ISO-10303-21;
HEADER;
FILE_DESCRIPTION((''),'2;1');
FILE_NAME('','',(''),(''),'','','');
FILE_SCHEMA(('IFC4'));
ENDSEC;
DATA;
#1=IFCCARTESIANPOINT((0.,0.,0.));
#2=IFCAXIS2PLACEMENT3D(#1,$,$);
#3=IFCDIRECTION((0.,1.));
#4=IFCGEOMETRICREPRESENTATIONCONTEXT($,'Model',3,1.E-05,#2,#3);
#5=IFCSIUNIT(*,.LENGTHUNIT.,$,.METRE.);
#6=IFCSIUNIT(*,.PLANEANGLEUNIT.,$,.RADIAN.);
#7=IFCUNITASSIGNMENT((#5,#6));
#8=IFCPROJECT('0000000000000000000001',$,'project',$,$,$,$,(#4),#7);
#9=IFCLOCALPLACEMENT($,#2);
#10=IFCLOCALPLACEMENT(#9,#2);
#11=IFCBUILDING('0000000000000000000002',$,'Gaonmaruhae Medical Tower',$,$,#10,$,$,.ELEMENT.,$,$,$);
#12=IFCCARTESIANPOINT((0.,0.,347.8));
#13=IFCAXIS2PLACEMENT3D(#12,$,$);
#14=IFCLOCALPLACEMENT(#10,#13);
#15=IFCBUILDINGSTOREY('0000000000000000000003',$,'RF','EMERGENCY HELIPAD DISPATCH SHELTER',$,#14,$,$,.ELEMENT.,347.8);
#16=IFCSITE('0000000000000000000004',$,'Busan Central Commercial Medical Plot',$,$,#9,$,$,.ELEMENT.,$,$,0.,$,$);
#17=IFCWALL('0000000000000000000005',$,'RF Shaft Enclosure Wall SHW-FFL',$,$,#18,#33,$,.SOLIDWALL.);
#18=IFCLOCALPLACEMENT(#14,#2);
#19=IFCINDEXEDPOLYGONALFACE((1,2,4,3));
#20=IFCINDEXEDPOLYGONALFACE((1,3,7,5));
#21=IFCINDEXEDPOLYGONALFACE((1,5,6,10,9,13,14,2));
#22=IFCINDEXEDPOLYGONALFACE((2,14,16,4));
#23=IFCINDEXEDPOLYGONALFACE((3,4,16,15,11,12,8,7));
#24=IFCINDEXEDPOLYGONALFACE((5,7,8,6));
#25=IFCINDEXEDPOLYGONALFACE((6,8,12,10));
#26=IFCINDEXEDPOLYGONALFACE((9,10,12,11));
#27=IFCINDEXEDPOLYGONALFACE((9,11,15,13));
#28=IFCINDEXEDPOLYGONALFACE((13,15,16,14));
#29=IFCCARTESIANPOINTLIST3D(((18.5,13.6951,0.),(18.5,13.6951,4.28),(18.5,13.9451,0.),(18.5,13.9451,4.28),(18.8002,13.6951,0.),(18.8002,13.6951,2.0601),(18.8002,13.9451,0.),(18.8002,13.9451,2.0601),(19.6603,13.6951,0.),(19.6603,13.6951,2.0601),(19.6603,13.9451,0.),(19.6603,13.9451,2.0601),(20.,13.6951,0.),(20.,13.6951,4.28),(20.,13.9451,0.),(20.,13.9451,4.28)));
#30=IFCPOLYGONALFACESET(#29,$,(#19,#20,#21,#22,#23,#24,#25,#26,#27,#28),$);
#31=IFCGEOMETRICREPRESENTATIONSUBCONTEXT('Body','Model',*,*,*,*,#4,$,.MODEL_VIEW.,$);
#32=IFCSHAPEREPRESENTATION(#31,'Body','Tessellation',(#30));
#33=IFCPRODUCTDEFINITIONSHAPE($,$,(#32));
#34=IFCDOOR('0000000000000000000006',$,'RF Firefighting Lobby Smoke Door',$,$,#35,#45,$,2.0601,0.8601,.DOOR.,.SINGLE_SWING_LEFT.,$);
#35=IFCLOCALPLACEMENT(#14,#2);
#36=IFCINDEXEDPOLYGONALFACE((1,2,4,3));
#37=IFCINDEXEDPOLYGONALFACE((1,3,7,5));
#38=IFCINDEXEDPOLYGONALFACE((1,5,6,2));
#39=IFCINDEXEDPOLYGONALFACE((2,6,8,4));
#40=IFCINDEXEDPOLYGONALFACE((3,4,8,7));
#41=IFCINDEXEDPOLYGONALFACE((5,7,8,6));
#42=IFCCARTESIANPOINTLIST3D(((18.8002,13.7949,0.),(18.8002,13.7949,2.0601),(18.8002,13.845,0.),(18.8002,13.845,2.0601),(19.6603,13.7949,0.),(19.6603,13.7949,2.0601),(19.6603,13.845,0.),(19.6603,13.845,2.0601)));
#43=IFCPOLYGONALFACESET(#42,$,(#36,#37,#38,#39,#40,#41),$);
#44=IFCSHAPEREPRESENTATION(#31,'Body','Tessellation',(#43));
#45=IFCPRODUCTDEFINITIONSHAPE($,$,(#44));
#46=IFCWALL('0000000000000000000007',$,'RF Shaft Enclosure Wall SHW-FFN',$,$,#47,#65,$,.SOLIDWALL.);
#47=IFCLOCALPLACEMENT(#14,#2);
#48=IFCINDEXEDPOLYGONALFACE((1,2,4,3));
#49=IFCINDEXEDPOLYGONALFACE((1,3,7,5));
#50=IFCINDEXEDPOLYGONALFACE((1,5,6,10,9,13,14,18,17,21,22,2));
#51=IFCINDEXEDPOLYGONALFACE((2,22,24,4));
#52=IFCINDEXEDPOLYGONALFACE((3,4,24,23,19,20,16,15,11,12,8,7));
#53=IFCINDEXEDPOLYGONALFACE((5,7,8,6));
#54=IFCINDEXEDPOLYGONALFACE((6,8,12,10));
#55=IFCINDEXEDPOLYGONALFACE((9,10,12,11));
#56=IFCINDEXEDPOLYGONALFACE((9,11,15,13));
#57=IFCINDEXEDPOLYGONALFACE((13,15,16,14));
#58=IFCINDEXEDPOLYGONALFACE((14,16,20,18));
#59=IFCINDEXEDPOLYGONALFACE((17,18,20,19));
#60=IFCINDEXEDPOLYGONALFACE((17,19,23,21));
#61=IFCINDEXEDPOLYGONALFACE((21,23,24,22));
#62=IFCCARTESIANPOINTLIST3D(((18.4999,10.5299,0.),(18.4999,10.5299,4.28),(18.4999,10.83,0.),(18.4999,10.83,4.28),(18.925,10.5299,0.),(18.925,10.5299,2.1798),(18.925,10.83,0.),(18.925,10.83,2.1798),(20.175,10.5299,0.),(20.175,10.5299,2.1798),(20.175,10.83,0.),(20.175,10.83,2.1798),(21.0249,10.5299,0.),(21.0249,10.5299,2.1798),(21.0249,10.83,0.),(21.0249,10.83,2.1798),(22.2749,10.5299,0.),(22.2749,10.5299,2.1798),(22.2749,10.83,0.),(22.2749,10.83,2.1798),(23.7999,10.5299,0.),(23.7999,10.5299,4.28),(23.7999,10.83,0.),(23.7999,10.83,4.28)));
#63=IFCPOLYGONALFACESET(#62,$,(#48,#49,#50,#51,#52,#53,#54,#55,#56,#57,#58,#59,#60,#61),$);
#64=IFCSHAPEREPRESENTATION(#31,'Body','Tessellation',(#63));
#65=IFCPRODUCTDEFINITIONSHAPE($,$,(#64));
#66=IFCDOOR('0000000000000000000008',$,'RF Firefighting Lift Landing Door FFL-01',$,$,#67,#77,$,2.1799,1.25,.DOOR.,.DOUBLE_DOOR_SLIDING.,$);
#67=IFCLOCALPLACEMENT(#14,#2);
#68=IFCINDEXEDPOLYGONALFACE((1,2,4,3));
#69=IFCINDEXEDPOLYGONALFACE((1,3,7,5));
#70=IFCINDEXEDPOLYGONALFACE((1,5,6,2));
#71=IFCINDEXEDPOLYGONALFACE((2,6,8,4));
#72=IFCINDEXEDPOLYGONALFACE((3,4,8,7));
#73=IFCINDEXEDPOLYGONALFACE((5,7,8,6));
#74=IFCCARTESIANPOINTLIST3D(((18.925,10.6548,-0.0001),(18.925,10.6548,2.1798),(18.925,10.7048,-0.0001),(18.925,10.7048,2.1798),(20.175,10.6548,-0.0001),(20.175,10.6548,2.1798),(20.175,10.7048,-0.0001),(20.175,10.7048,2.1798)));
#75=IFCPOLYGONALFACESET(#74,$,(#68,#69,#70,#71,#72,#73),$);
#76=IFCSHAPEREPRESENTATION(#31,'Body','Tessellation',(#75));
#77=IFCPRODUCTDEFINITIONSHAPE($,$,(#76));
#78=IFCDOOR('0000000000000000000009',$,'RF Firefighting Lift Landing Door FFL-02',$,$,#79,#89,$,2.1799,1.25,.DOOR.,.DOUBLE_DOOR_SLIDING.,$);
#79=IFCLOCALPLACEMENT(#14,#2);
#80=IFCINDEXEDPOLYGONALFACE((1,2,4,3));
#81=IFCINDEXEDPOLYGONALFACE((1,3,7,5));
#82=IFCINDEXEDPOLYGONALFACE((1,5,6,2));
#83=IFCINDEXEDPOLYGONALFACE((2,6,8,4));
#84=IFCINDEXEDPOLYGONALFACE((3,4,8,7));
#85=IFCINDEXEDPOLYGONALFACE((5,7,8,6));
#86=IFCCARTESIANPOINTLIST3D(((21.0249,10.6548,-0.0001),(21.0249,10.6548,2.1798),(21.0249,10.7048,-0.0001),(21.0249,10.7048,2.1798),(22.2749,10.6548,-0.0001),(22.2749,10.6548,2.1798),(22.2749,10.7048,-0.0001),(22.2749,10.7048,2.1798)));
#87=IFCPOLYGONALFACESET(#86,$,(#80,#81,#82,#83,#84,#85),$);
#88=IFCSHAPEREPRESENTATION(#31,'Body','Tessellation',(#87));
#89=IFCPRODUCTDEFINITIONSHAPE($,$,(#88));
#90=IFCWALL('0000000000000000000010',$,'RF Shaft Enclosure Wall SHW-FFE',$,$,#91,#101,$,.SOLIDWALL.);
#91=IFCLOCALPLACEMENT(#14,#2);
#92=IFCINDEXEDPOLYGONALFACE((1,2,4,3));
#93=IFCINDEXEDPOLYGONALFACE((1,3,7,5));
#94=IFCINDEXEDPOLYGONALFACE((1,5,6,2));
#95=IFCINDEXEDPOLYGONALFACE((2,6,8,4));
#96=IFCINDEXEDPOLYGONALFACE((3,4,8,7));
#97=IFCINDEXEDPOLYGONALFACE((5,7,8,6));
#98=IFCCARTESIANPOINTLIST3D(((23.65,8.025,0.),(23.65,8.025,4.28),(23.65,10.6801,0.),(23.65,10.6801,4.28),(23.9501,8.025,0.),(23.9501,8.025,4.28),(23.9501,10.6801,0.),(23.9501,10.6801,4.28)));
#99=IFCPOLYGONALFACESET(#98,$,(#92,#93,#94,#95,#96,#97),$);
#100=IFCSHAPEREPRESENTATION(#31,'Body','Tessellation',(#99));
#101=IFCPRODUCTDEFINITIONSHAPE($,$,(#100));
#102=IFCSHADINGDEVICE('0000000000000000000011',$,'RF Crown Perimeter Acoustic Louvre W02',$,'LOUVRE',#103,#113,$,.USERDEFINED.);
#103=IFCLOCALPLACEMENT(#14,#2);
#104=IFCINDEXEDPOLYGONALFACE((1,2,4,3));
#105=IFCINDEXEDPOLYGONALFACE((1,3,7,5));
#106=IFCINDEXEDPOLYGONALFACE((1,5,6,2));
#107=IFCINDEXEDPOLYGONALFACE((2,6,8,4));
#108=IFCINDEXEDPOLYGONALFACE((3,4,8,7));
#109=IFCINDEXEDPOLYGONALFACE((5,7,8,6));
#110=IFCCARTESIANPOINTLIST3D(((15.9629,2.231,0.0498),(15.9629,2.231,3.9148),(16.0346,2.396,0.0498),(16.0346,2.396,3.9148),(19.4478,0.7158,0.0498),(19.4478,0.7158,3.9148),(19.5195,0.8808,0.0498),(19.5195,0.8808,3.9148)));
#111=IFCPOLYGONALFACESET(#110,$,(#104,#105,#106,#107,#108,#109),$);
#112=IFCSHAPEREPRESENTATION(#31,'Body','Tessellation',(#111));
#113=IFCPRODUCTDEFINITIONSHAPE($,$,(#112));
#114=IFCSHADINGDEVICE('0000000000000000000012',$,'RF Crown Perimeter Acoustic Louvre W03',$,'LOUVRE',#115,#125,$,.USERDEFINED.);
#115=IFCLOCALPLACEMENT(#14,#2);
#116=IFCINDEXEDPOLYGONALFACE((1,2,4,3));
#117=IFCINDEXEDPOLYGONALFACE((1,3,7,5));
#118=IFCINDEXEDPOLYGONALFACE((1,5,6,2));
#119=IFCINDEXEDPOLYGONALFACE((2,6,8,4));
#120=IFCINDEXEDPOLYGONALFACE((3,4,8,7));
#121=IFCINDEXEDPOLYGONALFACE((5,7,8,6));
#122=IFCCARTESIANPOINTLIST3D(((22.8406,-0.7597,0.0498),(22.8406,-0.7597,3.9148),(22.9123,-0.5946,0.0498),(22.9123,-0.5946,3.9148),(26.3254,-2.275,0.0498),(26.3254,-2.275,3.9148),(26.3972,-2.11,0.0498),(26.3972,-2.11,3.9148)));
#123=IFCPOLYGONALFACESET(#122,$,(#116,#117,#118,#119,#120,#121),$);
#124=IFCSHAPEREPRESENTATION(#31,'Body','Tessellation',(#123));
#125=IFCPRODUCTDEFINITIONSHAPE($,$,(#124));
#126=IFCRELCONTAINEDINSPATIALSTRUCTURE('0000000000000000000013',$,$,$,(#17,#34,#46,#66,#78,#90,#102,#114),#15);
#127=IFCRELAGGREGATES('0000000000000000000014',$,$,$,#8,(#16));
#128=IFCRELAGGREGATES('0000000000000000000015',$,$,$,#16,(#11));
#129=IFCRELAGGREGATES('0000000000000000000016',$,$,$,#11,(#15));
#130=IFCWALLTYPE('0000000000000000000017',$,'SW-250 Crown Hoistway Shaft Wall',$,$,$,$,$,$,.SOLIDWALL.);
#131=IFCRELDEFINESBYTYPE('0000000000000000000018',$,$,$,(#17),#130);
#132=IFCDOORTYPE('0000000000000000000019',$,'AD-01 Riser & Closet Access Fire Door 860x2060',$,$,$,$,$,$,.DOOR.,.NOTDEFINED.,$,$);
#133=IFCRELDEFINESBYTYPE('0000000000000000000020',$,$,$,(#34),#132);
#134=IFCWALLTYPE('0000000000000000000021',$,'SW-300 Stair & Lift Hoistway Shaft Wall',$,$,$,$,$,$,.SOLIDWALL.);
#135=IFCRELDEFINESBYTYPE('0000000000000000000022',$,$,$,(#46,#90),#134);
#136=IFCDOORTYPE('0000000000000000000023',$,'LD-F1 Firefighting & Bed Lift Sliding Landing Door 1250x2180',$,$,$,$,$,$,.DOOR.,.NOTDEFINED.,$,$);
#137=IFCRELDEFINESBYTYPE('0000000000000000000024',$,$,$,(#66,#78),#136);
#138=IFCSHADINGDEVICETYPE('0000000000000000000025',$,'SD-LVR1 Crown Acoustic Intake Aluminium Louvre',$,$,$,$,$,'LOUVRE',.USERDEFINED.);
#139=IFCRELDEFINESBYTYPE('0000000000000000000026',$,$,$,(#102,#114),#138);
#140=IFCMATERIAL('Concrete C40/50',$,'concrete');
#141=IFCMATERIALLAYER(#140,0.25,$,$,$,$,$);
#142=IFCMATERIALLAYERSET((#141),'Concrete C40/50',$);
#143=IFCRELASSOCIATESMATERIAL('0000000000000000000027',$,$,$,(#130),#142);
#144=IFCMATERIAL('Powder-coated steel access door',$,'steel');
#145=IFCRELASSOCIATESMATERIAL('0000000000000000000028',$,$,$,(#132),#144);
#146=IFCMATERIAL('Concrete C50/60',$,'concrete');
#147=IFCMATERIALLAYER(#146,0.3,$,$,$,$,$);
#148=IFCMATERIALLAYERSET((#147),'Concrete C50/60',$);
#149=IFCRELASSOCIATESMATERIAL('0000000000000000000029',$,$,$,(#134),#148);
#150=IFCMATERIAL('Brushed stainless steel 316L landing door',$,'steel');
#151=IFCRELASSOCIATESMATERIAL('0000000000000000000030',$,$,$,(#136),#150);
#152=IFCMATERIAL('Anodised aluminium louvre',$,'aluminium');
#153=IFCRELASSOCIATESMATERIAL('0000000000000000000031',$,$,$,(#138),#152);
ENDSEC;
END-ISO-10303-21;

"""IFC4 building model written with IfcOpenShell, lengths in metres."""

from ifc_helpers import new_model, si_unit, direction, frame, frame_2d, origin, origin_2d, place, context, subcontext, project, spatial, rectangle, extrude, material, layer, layer_set, type_object, element, fill, save


model = new_model("IFC4")

# Units and contexts
model_context = context("Model", 3, precision=1e-05, world=origin(), true_north=direction((0.0, 1.0)))
body_context = subcontext(model_context, "Body", "Model", "MODEL_VIEW")
ifc_project = project(units=[si_unit("LENGTHUNIT", "METRE"), si_unit("PLANEANGLEUNIT", "RADIAN")], contexts=[model_context])

# Site, building, storey
site_placement = place(None, origin())
site = spatial("IfcSite", under=ifc_project, at=site_placement, Name="Busan Central Commercial Medical Plot", CompositionType="ELEMENT", RefElevation=0.0)
building_placement = place(site_placement, origin())
building = spatial("IfcBuilding", under=site, at=building_placement, Name="Gaonmaruhae Medical Tower", CompositionType="ELEMENT")
storey_placement = place(building_placement, frame((0.0, 0.0, 347.8)))
storey = spatial("IfcBuildingStorey", under=building, at=storey_placement, Name="RF", Description="EMERGENCY HELIPAD DISPATCH SHELTER", CompositionType="ELEMENT", Elevation=347.8)

# Shared definitions
ifc_material_1 = material(Name="Concrete C50/60", Category="concrete")

# Wall, opening, door
ifc_material_2 = material(Name="Concrete C40/50", Category="concrete")
ifc_layer_1 = layer(ifc_material_2, 0.25)
ifc_layer_set_1 = layer_set([ifc_layer_1], Name="Concrete C40/50")
wall_type_1 = type_object("IfcWallType", Name="SW-250 Crown Hoistway Shaft Wall", PredefinedType="SOLIDWALL", material=ifc_layer_set_1)
wall_1_placement = place(storey_placement, frame((18.5, 13.8201, 0.0), z_axis=(0.0, 0.0, 1.0), x_axis=(1.0, 0.0, 0.0)))
wall_1 = element("IfcWall", 1, at=wall_1_placement, inside=storey, type_object=wall_type_1, Name="RF Shaft Enclosure Wall SHW-FFL", PredefinedType="SOLIDWALL", context=body_context, shape_type="SweptSolid", body=[
    extrude(rectangle(XDim=1.5, YDim=0.25, at=frame_2d((0.75, 0.0))), origin(), (0.0, 0.0, 1.0), 4.28),
])
opening_1_placement = place(wall_1_placement, frame((0.3, 0.0, 0.0)))
opening_1 = element("IfcOpeningElement", 2, at=opening_1_placement, cuts=wall_1, PredefinedType="OPENING", context=body_context, shape_type="SweptSolid", body=[
    extrude(rectangle(XDim=0.8601, YDim=2.0601, at=frame_2d((0.4302, 1.03))), frame((0.0, 0.135, 0.0), z_axis=(0.0, -1.0, 0.0), x_axis=(1.0, 0.0, 0.0)), (0.0, 0.0, 1.0), 0.27),
])
ifc_material_3 = material(Name="Powder-coated steel access door", Category="steel")
door_type_1 = type_object("IfcDoorType", Name="AD-01 Riser & Closet Access Fire Door 860x2060", OperationType="NOTDEFINED", PredefinedType="DOOR", material=ifc_material_3)
door_1_placement = place(opening_1_placement, origin())
door_1 = element("IfcDoor", 3, at=door_1_placement, inside=storey, type_object=door_type_1, Name="RF Firefighting Lobby Smoke Door", OperationType="SINGLE_SWING_LEFT", OverallHeight=2.0601, OverallWidth=0.8601, PredefinedType="DOOR", context=body_context, shape_type="SweptSolid", body=[
    extrude(rectangle(XDim=0.8601, YDim=2.0601, at=frame_2d((0.4302, 1.03))), frame((0.0, 0.0249, 0.0), z_axis=(0.0, -1.0, 0.0), x_axis=(1.0, 0.0, 0.0)), (0.0, 0.0, 1.0), 0.05),
])
fill(opening_1, door_1)

# Wall, openings, doors
ifc_layer_2 = layer(ifc_material_1, 0.3)
ifc_layer_set_2 = layer_set([ifc_layer_2], Name="Concrete C50/60")
wall_type_2 = type_object("IfcWallType", Name="SW-300 Stair & Lift Hoistway Shaft Wall", PredefinedType="SOLIDWALL", material=ifc_layer_set_2)
wall_2_placement = place(storey_placement, frame((18.5, 10.6799, 0.0), z_axis=(0.0, 0.0, 1.0), x_axis=(1.0, 0.0, 0.0)))
wall_2 = element("IfcWall", 4, at=wall_2_placement, inside=storey, type_object=wall_type_2, Name="RF Shaft Enclosure Wall SHW-FFN", PredefinedType="SOLIDWALL", context=body_context, shape_type="SweptSolid", body=[
    extrude(rectangle(XDim=5.3, YDim=0.3, at=frame_2d((2.6499, 0.0))), origin(), (0.0, 0.0, 1.0), 4.28),
])
opening_2_placement = place(wall_2_placement, frame((0.425, 0.0, 0.0)))
opening_2 = element("IfcOpeningElement", 5, at=opening_2_placement, cuts=wall_2, PredefinedType="OPENING", context=body_context, shape_type="SweptSolid", body=[
    extrude(rectangle(XDim=1.25, YDim=2.1799, at=frame_2d((0.625, 1.0898))), frame((0.0, 0.1602, 0.0), z_axis=(0.0, -1.0, 0.0), x_axis=(1.0, 0.0, 0.0)), (0.0, 0.0, 1.0), 0.3201),
])
opening_3_placement = place(wall_2_placement, frame((2.5249, 0.0, 0.0)))
opening_3 = element("IfcOpeningElement", 6, at=opening_3_placement, cuts=wall_2, PredefinedType="OPENING", context=body_context, shape_type="SweptSolid", body=[
    extrude(rectangle(XDim=1.25, YDim=2.1799, at=frame_2d((0.625, 1.0898))), frame((0.0, 0.1602, 0.0), z_axis=(0.0, -1.0, 0.0), x_axis=(1.0, 0.0, 0.0)), (0.0, 0.0, 1.0), 0.3201),
])
ifc_material_4 = material(Name="Brushed stainless steel 316L landing door", Category="steel")
door_type_2 = type_object("IfcDoorType", Name="LD-F1 Firefighting & Bed Lift Sliding Landing Door 1250x2180", OperationType="NOTDEFINED", PredefinedType="DOOR", material=ifc_material_4)
door_2_placement = place(opening_2_placement, origin())
door_2 = element("IfcDoor", 7, at=door_2_placement, inside=storey, type_object=door_type_2, Name="RF Firefighting Lift Landing Door FFL-01", OperationType="DOUBLE_DOOR_SLIDING", OverallHeight=2.1799, OverallWidth=1.25, PredefinedType="DOOR", context=body_context, shape_type="SweptSolid", body=[
    extrude(rectangle(XDim=1.25, YDim=2.1799, at=frame_2d((0.625, 1.0898))), frame((0.0, 0.0249, 0.0), z_axis=(0.0, -1.0, 0.0), x_axis=(1.0, 0.0, 0.0)), (0.0, 0.0, 1.0), 0.05),
])
fill(opening_2, door_2)
door_3_placement = place(opening_3_placement, origin())
door_3 = element("IfcDoor", 8, at=door_3_placement, inside=storey, type_object=door_type_2, Name="RF Firefighting Lift Landing Door FFL-02", OperationType="DOUBLE_DOOR_SLIDING", OverallHeight=2.1799, OverallWidth=1.25, PredefinedType="DOOR", context=body_context, shape_type="SweptSolid", body=[
    extrude(rectangle(XDim=1.25, YDim=2.1799, at=frame_2d((0.625, 1.0898))), frame((0.0, 0.0249, 0.0), z_axis=(0.0, -1.0, 0.0), x_axis=(1.0, 0.0, 0.0)), (0.0, 0.0, 1.0), 0.05),
])
fill(opening_3, door_3)

# Wall
wall_3_placement = place(storey_placement, frame((23.8, 8.0249, 0.0), z_axis=(0.0, 0.0, 1.0), x_axis=(0.0, 1.0, 0.0)))
element("IfcWall", 9, at=wall_3_placement, inside=storey, type_object=wall_type_2, Name="RF Shaft Enclosure Wall SHW-FFE", PredefinedType="SOLIDWALL", context=body_context, shape_type="SweptSolid", body=[
    extrude(rectangle(XDim=2.655, YDim=0.3, at=frame_2d((1.3276, 0.0))), origin(), (0.0, 0.0, 1.0), 4.28),
])

# Shading devices
ifc_material_5 = material(Name="Anodised aluminium louvre", Category="aluminium")
shading_device_type = type_object("IfcShadingDeviceType", Name="SD-LVR1 Crown Acoustic Intake Aluminium Louvre", ElementType="LOUVRE", PredefinedType="USERDEFINED", material=ifc_material_5)
for number, where, z_axis, x_axis, name in (
    (10, (17.7412, 1.5559, 0.0498), (0.0, 0.0, 1.0), (-0.917067, 0.398733, 0.0), "RF Crown Perimeter Acoustic Louvre W02"),
    (11, (24.6189, -1.4348, 0.0498), (0.0, 0.0, 1.0), (-0.917053, 0.398765, 0.0), "RF Crown Perimeter Acoustic Louvre W03"),
):
    element("IfcShadingDevice", number, at=place(storey_placement, frame(where, z_axis=z_axis, x_axis=x_axis)), inside=storey, type_object=shading_device_type, Name=name, ObjectType="LOUVRE", PredefinedType="USERDEFINED", context=body_context, shape_type="SweptSolid", body=[
        extrude(rectangle(XDim=3.8, YDim=0.1799, at=origin_2d()), origin(), (0.0, 0.0, 1.0), 3.865),
    ])

save(model, "model.ifc")
